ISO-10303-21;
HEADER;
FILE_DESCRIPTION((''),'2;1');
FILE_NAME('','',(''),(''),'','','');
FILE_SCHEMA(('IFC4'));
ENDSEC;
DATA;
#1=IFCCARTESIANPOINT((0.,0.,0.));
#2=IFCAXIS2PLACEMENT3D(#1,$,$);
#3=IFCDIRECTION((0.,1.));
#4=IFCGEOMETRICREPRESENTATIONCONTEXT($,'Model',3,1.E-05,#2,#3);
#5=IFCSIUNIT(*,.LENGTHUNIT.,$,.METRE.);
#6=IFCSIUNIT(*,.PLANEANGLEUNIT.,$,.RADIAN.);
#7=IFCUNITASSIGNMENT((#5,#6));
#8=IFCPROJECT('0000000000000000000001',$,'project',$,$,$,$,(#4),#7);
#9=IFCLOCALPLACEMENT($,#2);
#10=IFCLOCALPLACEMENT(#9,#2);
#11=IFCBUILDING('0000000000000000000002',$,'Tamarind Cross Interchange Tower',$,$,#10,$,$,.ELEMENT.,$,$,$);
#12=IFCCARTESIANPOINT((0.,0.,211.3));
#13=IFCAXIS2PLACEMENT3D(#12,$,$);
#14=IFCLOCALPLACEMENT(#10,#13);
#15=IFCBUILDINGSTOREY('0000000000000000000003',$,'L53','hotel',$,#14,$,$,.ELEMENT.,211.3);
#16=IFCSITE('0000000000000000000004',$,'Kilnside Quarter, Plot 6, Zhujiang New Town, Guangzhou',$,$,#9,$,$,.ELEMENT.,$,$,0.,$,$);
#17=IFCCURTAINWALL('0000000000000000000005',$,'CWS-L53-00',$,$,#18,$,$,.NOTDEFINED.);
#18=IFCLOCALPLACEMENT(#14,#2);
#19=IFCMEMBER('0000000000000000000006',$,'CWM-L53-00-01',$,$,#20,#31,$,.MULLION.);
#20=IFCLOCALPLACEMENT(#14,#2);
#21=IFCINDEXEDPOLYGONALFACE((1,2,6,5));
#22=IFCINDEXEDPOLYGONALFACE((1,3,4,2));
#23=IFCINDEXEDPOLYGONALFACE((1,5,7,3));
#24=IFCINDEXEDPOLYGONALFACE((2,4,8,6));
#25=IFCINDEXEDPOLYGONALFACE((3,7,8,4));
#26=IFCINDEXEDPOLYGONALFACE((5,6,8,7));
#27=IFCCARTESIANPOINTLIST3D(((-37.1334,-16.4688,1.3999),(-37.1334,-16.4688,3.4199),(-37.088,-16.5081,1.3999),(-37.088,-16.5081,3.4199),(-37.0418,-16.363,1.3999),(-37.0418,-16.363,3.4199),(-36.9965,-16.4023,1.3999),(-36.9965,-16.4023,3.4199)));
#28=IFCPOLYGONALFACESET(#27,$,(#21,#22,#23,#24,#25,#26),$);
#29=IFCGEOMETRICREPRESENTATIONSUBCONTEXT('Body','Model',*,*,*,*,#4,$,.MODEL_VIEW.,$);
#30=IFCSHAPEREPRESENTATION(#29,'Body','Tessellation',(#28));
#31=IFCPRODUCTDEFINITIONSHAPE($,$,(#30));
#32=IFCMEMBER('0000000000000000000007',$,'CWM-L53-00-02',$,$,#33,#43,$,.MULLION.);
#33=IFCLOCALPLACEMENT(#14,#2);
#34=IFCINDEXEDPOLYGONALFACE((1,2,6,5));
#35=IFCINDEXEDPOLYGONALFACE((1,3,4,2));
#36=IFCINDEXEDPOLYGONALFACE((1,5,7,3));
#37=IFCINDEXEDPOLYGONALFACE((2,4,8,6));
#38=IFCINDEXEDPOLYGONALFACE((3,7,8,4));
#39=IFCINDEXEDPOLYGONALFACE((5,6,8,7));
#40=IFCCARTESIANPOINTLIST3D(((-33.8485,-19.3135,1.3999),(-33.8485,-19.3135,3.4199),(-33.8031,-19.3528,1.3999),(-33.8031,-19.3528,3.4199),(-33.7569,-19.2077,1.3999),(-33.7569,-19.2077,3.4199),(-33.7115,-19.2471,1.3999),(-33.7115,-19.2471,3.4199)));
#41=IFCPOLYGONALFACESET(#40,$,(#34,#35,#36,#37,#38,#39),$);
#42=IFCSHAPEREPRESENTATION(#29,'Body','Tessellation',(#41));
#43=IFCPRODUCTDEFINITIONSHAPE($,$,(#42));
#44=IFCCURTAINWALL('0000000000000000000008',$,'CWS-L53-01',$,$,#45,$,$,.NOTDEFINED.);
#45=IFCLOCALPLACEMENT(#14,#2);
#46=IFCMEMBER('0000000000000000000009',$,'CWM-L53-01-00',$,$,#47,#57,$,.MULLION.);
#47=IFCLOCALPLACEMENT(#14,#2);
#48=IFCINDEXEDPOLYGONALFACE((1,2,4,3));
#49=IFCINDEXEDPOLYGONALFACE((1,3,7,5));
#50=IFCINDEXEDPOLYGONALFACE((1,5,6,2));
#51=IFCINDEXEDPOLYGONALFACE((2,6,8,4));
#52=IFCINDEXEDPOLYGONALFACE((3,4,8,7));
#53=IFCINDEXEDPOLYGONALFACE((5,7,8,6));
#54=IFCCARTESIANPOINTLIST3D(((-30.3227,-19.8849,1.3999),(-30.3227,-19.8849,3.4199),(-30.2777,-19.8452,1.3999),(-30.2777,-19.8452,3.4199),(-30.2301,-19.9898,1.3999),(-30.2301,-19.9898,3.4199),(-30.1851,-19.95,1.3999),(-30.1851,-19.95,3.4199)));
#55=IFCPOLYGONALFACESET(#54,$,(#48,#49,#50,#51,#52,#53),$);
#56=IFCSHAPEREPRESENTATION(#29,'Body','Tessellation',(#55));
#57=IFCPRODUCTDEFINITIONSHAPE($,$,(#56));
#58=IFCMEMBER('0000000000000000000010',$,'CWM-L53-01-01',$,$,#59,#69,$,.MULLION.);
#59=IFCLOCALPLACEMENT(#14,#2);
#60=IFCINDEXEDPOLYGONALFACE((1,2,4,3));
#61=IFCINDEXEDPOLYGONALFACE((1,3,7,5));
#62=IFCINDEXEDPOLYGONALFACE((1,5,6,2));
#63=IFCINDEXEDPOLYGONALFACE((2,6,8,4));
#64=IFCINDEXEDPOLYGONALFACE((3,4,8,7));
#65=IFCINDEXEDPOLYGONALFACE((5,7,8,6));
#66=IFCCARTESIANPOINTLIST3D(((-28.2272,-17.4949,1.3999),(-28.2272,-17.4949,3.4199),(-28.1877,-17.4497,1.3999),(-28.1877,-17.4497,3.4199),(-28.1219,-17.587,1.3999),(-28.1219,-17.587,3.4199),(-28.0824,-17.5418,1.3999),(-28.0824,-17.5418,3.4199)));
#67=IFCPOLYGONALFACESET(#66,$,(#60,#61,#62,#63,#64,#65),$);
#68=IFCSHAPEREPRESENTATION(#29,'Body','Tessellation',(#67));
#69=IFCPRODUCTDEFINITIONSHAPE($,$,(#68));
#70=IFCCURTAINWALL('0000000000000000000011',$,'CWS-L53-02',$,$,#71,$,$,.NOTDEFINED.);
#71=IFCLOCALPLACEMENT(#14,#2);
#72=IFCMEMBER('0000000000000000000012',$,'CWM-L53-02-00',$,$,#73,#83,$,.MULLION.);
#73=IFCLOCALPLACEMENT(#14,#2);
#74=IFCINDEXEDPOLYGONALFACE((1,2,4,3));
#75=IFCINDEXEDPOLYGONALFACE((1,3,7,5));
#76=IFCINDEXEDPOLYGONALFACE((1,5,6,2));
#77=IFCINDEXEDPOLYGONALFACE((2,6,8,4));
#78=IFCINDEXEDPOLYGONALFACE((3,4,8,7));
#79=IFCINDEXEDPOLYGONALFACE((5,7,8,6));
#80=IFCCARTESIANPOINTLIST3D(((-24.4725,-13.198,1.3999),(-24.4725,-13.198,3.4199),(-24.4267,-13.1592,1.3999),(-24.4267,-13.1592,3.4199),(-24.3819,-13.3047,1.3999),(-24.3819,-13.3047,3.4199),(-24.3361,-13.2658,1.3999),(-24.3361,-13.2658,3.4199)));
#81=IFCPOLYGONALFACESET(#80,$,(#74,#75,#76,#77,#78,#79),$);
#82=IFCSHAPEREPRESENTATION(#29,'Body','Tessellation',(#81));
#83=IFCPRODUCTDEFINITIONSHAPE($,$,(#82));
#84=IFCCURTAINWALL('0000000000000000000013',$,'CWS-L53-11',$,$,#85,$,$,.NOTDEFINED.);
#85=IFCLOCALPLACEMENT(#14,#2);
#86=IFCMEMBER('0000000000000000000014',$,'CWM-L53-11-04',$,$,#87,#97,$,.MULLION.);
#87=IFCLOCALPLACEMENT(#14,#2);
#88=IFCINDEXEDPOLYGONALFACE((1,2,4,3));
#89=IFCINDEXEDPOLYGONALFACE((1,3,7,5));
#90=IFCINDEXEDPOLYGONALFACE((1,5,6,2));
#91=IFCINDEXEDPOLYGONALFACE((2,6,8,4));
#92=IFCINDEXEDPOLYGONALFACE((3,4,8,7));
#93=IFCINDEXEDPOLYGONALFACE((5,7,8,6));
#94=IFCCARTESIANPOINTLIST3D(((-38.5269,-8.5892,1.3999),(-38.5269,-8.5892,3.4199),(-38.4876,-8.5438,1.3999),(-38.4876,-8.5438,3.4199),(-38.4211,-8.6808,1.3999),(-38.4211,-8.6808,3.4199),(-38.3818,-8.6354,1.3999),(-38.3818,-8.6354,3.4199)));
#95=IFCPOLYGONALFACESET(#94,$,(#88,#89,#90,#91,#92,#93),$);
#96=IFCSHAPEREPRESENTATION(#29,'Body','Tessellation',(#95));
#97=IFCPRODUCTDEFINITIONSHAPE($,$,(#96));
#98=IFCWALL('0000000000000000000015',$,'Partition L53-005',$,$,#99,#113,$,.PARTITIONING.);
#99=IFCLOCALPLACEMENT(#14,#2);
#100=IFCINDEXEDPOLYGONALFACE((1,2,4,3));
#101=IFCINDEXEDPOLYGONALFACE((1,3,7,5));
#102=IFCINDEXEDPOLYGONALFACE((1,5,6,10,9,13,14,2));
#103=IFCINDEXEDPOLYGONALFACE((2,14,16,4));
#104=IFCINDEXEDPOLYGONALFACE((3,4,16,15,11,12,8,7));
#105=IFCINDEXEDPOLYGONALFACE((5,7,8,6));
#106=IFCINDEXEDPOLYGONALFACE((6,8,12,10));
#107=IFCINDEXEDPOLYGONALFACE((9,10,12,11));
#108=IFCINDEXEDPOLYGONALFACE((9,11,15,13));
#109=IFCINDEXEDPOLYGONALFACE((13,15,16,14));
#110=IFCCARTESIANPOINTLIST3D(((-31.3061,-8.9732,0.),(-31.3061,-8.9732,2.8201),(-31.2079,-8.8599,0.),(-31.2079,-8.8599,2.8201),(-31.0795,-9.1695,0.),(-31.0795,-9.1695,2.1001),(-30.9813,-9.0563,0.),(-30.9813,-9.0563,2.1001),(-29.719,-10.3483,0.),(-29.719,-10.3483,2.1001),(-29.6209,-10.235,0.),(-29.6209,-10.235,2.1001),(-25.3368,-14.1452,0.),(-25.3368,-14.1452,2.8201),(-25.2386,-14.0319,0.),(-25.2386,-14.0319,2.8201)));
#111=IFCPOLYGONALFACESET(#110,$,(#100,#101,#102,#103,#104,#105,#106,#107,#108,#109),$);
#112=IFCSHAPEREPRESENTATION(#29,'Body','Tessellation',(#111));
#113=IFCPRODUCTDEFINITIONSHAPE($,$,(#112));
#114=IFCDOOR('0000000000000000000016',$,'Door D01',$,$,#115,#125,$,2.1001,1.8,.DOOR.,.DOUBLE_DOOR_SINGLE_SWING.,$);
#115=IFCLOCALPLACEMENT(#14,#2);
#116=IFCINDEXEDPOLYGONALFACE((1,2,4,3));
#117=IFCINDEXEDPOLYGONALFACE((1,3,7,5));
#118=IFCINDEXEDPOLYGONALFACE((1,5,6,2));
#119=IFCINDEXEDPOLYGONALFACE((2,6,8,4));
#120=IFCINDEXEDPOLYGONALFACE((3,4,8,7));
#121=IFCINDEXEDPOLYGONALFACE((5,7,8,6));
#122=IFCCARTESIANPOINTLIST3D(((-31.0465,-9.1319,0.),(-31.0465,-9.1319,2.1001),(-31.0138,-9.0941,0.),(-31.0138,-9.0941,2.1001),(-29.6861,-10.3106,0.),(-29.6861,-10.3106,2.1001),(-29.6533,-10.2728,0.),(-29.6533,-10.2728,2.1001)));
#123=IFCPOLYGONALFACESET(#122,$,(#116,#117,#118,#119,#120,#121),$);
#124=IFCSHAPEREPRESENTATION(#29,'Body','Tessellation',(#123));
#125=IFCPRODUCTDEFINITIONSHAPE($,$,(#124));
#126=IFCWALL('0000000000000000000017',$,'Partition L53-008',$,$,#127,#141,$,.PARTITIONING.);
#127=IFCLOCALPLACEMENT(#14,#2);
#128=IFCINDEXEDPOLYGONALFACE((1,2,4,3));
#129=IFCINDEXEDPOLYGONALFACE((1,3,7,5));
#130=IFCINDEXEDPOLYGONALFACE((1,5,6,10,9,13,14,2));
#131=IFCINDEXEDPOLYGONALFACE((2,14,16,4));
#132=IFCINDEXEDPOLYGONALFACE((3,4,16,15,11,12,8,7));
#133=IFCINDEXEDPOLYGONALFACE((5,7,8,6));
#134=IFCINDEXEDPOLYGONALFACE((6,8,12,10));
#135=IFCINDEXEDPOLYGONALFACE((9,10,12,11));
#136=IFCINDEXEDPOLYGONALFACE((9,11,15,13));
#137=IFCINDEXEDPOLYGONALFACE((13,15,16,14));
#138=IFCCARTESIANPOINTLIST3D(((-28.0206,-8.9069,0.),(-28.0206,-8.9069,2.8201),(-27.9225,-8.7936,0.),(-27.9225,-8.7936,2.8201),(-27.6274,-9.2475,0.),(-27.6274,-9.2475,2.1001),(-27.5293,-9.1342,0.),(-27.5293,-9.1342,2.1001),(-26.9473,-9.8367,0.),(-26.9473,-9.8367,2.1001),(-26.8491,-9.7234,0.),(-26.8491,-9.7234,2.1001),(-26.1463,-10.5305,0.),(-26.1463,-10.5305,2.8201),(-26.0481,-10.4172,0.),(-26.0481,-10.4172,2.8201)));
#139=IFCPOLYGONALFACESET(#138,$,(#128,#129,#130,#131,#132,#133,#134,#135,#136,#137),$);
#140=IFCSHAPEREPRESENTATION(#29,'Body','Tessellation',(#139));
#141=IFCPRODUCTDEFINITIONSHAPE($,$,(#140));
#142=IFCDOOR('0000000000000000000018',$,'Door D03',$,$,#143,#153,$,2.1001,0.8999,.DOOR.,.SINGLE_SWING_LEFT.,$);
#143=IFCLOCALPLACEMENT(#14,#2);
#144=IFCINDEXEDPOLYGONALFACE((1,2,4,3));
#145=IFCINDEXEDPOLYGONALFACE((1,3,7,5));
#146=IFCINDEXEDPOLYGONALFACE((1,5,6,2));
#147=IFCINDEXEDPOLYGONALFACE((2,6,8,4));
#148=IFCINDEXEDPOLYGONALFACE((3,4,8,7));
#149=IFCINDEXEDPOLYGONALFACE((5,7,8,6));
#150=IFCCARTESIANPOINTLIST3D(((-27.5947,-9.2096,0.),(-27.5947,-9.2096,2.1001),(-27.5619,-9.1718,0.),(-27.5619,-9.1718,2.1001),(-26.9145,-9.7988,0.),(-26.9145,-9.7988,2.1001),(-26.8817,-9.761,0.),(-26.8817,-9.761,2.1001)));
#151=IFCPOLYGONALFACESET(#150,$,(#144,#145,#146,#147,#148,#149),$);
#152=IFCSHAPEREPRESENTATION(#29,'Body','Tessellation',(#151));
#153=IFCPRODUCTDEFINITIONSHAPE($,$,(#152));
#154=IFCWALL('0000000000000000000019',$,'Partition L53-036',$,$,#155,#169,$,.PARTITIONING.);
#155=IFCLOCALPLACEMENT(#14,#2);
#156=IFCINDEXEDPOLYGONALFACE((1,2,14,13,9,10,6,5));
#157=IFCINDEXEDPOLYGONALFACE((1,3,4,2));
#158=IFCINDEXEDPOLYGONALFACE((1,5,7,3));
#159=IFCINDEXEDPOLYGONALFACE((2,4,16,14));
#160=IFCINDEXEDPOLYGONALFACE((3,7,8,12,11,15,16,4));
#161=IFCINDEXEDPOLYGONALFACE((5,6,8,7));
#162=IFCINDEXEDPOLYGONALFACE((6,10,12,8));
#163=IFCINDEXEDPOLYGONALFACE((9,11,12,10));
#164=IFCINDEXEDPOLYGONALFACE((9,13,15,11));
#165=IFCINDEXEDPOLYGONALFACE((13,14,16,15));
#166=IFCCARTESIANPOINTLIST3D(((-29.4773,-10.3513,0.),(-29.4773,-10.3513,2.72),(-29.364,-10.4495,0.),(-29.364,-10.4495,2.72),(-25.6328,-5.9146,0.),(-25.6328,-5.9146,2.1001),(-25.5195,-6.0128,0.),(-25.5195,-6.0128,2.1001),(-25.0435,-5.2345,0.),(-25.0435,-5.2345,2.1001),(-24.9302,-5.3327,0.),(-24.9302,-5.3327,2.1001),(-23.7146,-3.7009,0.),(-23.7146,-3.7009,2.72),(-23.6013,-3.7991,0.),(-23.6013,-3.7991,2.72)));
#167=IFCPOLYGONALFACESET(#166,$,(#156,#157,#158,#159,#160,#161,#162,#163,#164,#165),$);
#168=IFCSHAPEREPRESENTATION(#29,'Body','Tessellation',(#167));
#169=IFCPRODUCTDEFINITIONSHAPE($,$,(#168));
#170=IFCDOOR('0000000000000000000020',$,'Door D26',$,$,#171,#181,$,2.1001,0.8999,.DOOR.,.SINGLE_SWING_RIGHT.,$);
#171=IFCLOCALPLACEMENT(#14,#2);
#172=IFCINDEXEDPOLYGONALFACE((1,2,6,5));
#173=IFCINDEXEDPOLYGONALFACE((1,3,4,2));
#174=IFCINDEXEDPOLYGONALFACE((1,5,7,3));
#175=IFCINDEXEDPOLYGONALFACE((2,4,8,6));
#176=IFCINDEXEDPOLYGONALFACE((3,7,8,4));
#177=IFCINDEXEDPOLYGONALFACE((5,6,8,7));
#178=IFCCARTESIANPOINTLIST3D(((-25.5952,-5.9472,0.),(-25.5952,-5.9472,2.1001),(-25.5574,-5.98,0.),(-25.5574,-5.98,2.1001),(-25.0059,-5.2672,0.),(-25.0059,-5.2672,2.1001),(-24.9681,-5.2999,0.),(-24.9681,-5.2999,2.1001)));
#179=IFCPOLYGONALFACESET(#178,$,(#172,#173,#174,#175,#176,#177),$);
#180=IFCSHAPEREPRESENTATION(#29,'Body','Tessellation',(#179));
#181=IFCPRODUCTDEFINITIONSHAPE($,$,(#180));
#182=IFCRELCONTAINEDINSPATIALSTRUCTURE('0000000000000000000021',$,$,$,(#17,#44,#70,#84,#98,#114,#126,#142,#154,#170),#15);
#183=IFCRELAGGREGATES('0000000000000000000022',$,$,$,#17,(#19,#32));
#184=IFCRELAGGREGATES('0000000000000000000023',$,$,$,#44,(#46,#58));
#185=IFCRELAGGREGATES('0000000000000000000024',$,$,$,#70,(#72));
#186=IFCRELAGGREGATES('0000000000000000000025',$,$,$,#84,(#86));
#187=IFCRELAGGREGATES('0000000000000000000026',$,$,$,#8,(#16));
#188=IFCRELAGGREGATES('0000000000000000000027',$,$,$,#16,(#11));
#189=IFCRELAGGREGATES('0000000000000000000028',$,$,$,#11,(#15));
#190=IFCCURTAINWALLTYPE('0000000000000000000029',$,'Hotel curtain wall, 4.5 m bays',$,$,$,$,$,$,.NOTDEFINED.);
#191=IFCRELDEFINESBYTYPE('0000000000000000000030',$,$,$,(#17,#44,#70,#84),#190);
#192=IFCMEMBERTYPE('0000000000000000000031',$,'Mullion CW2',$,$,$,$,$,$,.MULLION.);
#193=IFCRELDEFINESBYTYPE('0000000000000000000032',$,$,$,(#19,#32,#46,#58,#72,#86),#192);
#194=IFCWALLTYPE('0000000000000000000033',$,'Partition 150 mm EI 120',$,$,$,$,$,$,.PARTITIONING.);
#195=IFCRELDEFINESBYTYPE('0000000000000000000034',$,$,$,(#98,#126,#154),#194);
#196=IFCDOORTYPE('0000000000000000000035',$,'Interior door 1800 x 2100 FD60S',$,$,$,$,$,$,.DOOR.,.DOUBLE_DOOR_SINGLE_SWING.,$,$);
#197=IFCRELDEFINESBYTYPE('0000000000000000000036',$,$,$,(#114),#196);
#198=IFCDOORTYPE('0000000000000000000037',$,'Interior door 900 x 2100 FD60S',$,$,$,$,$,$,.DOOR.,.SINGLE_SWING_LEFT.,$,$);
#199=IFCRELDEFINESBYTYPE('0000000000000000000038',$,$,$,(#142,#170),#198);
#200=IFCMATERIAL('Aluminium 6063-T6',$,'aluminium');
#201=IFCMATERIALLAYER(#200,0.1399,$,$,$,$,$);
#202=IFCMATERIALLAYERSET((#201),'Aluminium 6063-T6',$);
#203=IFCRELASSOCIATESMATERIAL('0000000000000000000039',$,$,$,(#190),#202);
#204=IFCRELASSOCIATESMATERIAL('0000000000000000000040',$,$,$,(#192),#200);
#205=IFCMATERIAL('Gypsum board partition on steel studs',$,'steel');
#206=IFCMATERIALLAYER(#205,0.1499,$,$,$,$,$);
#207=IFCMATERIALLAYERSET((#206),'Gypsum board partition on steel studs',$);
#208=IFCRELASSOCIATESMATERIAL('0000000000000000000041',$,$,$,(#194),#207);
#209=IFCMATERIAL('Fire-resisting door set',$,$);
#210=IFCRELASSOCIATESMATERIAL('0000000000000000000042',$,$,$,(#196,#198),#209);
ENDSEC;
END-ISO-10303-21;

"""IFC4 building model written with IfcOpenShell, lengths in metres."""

from ifc_helpers import new_model, si_unit, direction, frame, frame_2d, origin, origin_2d, place, context, subcontext, project, spatial, rectangle, extrude, material, layer, layer_set, material_profile, profile_set, type_object, element, fill, aggregate, save


model = new_model("IFC4")

# Units and contexts
model_context = context("Model", 3, precision=1e-05, world=origin(), true_north=direction((0.0, 1.0)))
body_context = subcontext(model_context, "Body", "Model", "MODEL_VIEW")
ifc_project = project(units=[si_unit("LENGTHUNIT", "METRE"), si_unit("PLANEANGLEUNIT", "RADIAN")], contexts=[model_context])

# Site, building, storey
site_placement = place(None, origin())
site = spatial("IfcSite", under=ifc_project, at=site_placement, Name="Kilnside Quarter, Plot 6, Zhujiang New Town, Guangzhou", CompositionType="ELEMENT", RefElevation=0.0)
building_placement = place(site_placement, origin())
building = spatial("IfcBuilding", under=site, at=building_placement, Name="Tamarind Cross Interchange Tower", CompositionType="ELEMENT")
storey_placement = place(building_placement, frame((0.0, 0.0, 211.3)))
storey = spatial("IfcBuildingStorey", under=building, at=storey_placement, Name="L53", Description="hotel", CompositionType="ELEMENT", Elevation=211.3)

# Curtain walls, members
ifc_material_1 = material(Name="Aluminium 6063-T6", Category="aluminium")
ifc_layer_1 = layer(ifc_material_1, 0.1399)
ifc_layer_set_1 = layer_set([ifc_layer_1], Name="Aluminium 6063-T6")
curtain_wall_type = type_object("IfcCurtainWallType", Name="Hotel curtain wall, 4.5 m bays", PredefinedType="NOTDEFINED", material=ifc_layer_set_1)
curtain_wall_1_placement = place(storey_placement, origin())
curtain_wall_1 = element("IfcCurtainWall", 1, at=curtain_wall_1_placement, inside=storey, type_object=curtain_wall_type, Name="CWS-L53-00", PredefinedType="NOTDEFINED")
ifc_material_profile_1 = material_profile(ifc_material_1, rectangle(XDim=0.0601, YDim=0.1399, at=origin_2d()), Name="Mullion CW2")
ifc_profile_set_1 = profile_set([ifc_material_profile_1], Name="Aluminium 6063-T6")
member_type = type_object("IfcMemberType", Name="Mullion CW2", PredefinedType="MULLION", material=ifc_profile_set_1)
member_1_placement = place(storey_placement, frame((-37.0649, -16.4355, 1.3999), z_axis=(0.0, 0.0, 1.0), x_axis=(0.755917, -0.654667, 0.0)))
member_1 = element("IfcMember", 2, at=member_1_placement, type_object=member_type, Name="CWM-L53-00-01", PredefinedType="MULLION", context=body_context, shape_type="SweptSolid", body=[
    extrude(rectangle(XDim=0.0601, YDim=0.1399, at=origin_2d()), origin(), (0.0, 0.0, 1.0), 2.02),
])
member_2_placement = place(storey_placement, frame((-33.78, -19.2803, 1.3999), z_axis=(0.0, 0.0, 1.0), x_axis=(0.755917, -0.654667, 0.0)))
member_2 = element("IfcMember", 3, at=member_2_placement, type_object=member_type, Name="CWM-L53-00-02", PredefinedType="MULLION", context=body_context, shape_type="SweptSolid", body=[
    extrude(rectangle(XDim=0.0601, YDim=0.1399, at=origin_2d()), origin(), (0.0, 0.0, 1.0), 2.02),
])
aggregate(curtain_wall_1, [member_1, member_2])
curtain_wall_2_placement = place(storey_placement, origin())
curtain_wall_2 = element("IfcCurtainWall", 4, at=curtain_wall_2_placement, inside=storey, type_object=curtain_wall_type, Name="CWS-L53-01", PredefinedType="NOTDEFINED")
member_3_placement = place(storey_placement, frame((-30.2539, -19.9175, 1.3999), z_axis=(0.0, 0.0, 1.0), x_axis=(0.749406, 0.662111, 0.0)))
member_3 = element("IfcMember", 5, at=member_3_placement, type_object=member_type, Name="CWM-L53-01-00", PredefinedType="MULLION", context=body_context, shape_type="SweptSolid", body=[
    extrude(rectangle(XDim=0.0601, YDim=0.1399, at=origin_2d()), origin(), (0.0, 0.0, 1.0), 2.02),
])
member_4_placement = place(storey_placement, frame((-28.1548, -17.5183, 1.3999), z_axis=(0.0, 0.0, 1.0), x_axis=(0.658472, 0.752605, 0.0)))
member_4 = element("IfcMember", 6, at=member_4_placement, type_object=member_type, Name="CWM-L53-01-01", PredefinedType="MULLION", context=body_context, shape_type="SweptSolid", body=[
    extrude(rectangle(XDim=0.0601, YDim=0.1399, at=origin_2d()), origin(), (0.0, 0.0, 1.0), 2.02),
])
aggregate(curtain_wall_2, [member_3, member_4])

# Curtain walls, members
curtain_wall_3_placement = place(storey_placement, origin())
curtain_wall_3 = element("IfcCurtainWall", 7, at=curtain_wall_3_placement, inside=storey, type_object=curtain_wall_type, Name="CWS-L53-02", PredefinedType="NOTDEFINED")
member_5_placement = place(storey_placement, frame((-24.4043, -13.2319, 1.3999), z_axis=(0.0, 0.0, 1.0), x_axis=(0.762335, 0.647182, 0.0)))
member_5 = element("IfcMember", 8, at=member_5_placement, type_object=member_type, Name="CWM-L53-02-00", PredefinedType="MULLION", context=body_context, shape_type="SweptSolid", body=[
    extrude(rectangle(XDim=0.0601, YDim=0.1399, at=origin_2d()), origin(), (0.0, 0.0, 1.0), 2.02),
])
aggregate(curtain_wall_3, [member_5])
curtain_wall_4_placement = place(storey_placement, origin())
curtain_wall_4 = element("IfcCurtainWall", 9, at=curtain_wall_4_placement, inside=storey, type_object=curtain_wall_type, Name="CWS-L53-11", PredefinedType="NOTDEFINED")
member_6_placement = place(storey_placement, frame((-38.4543, -8.6123, 1.3999), z_axis=(0.0, 0.0, 1.0), x_axis=(-0.654667, -0.755917, 0.0)))
member_6 = element("IfcMember", 10, at=member_6_placement, type_object=member_type, Name="CWM-L53-11-04", PredefinedType="MULLION", context=body_context, shape_type="SweptSolid", body=[
    extrude(rectangle(XDim=0.0601, YDim=0.1399, at=origin_2d()), origin(), (0.0, 0.0, 1.0), 2.02),
])
aggregate(curtain_wall_4, [member_6])

# Walls, openings, doors
ifc_material_2 = material(Name="Gypsum board partition on steel studs", Category="steel")
ifc_layer_2 = layer(ifc_material_2, 0.1499)
ifc_layer_set_2 = layer_set([ifc_layer_2], Name="Gypsum board partition on steel studs")
wall_type = type_object("IfcWallType", Name="Partition 150 mm EI 120", PredefinedType="PARTITIONING", material=ifc_layer_set_2)
wall_1_placement = place(storey_placement, frame((-31.2571, -8.9165, 0.0), z_axis=(0.0, 0.0, 1.0), x_axis=(0.755781, -0.654825, 0.0)))
wall_1 = element("IfcWall", 11, at=wall_1_placement, inside=storey, type_object=wall_type, Name="Partition L53-005", PredefinedType="PARTITIONING", context=body_context, shape_type="SweptSolid", body=[
    extrude(rectangle(XDim=7.8982, YDim=0.1499, at=frame_2d((3.9492, 0.0))), origin(), (0.0, 0.0, 1.0), 2.8201),
])
opening_1_placement = place(wall_1_placement, frame((0.3, 0.0, 0.0)))
opening_1 = element("IfcOpeningElement", 12, at=opening_1_placement, cuts=wall_1, PredefinedType="OPENING", context=body_context, shape_type="SweptSolid", body=[
    extrude(rectangle(XDim=1.8, YDim=2.1001, at=frame_2d((0.8999, 1.05))), frame((0.0, 0.085, 0.0), z_axis=(0.0, -1.0, 0.0), x_axis=(1.0, 0.0, 0.0)), (0.0, 0.0, 1.0), 0.1699),
])
ifc_material_3 = material(Name="Fire-resisting door set")
door_type_1 = type_object("IfcDoorType", Name="Interior door 1800 x 2100 FD60S", OperationType="DOUBLE_DOOR_SINGLE_SWING", PredefinedType="DOOR", material=ifc_material_3)
door_1_placement = place(opening_1_placement, frame((1.8, 0.0, 0.0), z_axis=(0.0, 0.0, 1.0), x_axis=(-1.0, 0.0, 0.0)))
door_1 = element("IfcDoor", 13, at=door_1_placement, inside=storey, type_object=door_type_1, Name="Door D01", OperationType="DOUBLE_DOOR_SINGLE_SWING", OverallHeight=2.1001, OverallWidth=1.8, PredefinedType="DOOR", context=body_context, shape_type="SweptSolid", body=[
    extrude(rectangle(XDim=1.8, YDim=2.1001, at=frame_2d((0.8999, 1.05))), frame((0.0, 0.0249, 0.0), z_axis=(0.0, -1.0, 0.0), x_axis=(1.0, 0.0, 0.0)), (0.0, 0.0, 1.0), 0.05),
])
fill(opening_1, door_1)
wall_2_placement = place(storey_placement, frame((-27.9714, -8.8503, 0.0), z_axis=(0.0, 0.0, 1.0), x_axis=(0.755855, -0.654739, 0.0)))
wall_2 = element("IfcWall", 14, at=wall_2_placement, inside=storey, type_object=wall_type, Name="Partition L53-008", PredefinedType="PARTITIONING", context=body_context, shape_type="SweptSolid", body=[
    extrude(rectangle(XDim=2.4797, YDim=0.1499, at=frame_2d((1.2397, 0.0))), origin(), (0.0, 0.0, 1.0), 2.8201),
])
opening_2_placement = place(wall_2_placement, frame((0.52, 0.0, 0.0)))
opening_2 = element("IfcOpeningElement", 15, at=opening_2_placement, cuts=wall_2, PredefinedType="OPENING", context=body_context, shape_type="SweptSolid", body=[
    extrude(rectangle(XDim=0.8999, YDim=2.1001, at=frame_2d((0.45, 1.05))), frame((0.0, 0.085, 0.0), z_axis=(0.0, -1.0, 0.0), x_axis=(1.0, 0.0, 0.0)), (0.0, 0.0, 1.0), 0.1699),
])
door_type_2 = type_object("IfcDoorType", Name="Interior door 900 x 2100 FD60S", OperationType="SINGLE_SWING_LEFT", PredefinedType="DOOR", material=ifc_material_3)
door_2_placement = place(opening_2_placement, frame((0.8999, 0.0, 0.0), z_axis=(0.0, 0.0, 1.0), x_axis=(-1.0, 0.0, 0.0)))
door_2 = element("IfcDoor", 16, at=door_2_placement, inside=storey, type_object=door_type_2, Name="Door D03", OperationType="SINGLE_SWING_LEFT", OverallHeight=2.1001, OverallWidth=0.8999, PredefinedType="DOOR", context=body_context, shape_type="SweptSolid", body=[
    extrude(rectangle(XDim=0.8999, YDim=2.1001, at=frame_2d((0.45, 1.05))), frame((0.0, 0.0249, 0.0), z_axis=(0.0, -1.0, 0.0), x_axis=(1.0, 0.0, 0.0)), (0.0, 0.0, 1.0), 0.05),
])
fill(opening_2, door_2)
wall_3_placement = place(storey_placement, frame((-29.4207, -10.4004, 0.0), z_axis=(0.0, 0.0, 1.0), x_axis=(0.654867, 0.755744, 0.0)))
wall_3 = element("IfcWall", 17, at=wall_3_placement, inside=storey, type_object=wall_type, Name="Partition L53-036", PredefinedType="PARTITIONING", context=body_context, shape_type="SweptSolid", body=[
    extrude(rectangle(XDim=8.7998, YDim=0.1499, at=frame_2d((4.3999, 0.0))), origin(), (0.0, 0.0, 1.0), 2.72),
])
opening_3_placement = place(wall_3_placement, frame((5.8706, 0.0, 0.0)))
opening_3 = element("IfcOpeningElement", 18, at=opening_3_placement, cuts=wall_3, PredefinedType="OPENING", context=body_context, shape_type="SweptSolid", body=[
    extrude(rectangle(XDim=0.8999, YDim=2.1001, at=frame_2d((0.45, 1.05))), frame((0.0, 0.085, 0.0), z_axis=(0.0, -1.0, 0.0), x_axis=(1.0, 0.0, 0.0)), (0.0, 0.0, 1.0), 0.1699),
])
door_3_placement = place(opening_3_placement, frame((0.8999, 0.0, 0.0), z_axis=(0.0, 0.0, 1.0), x_axis=(-1.0, 0.0, 0.0)))
door_3 = element("IfcDoor", 19, at=door_3_placement, inside=storey, type_object=door_type_2, Name="Door D26", OperationType="SINGLE_SWING_RIGHT", OverallHeight=2.1001, OverallWidth=0.8999, PredefinedType="DOOR", context=body_context, shape_type="SweptSolid", body=[
    extrude(rectangle(XDim=0.8999, YDim=2.1001, at=frame_2d((0.45, 1.05))), frame((0.0, 0.0249, 0.0), z_axis=(0.0, -1.0, 0.0), x_axis=(1.0, 0.0, 0.0)), (0.0, 0.0, 1.0), 0.05),
])
fill(opening_3, door_3)

save(model, "model.ifc")
